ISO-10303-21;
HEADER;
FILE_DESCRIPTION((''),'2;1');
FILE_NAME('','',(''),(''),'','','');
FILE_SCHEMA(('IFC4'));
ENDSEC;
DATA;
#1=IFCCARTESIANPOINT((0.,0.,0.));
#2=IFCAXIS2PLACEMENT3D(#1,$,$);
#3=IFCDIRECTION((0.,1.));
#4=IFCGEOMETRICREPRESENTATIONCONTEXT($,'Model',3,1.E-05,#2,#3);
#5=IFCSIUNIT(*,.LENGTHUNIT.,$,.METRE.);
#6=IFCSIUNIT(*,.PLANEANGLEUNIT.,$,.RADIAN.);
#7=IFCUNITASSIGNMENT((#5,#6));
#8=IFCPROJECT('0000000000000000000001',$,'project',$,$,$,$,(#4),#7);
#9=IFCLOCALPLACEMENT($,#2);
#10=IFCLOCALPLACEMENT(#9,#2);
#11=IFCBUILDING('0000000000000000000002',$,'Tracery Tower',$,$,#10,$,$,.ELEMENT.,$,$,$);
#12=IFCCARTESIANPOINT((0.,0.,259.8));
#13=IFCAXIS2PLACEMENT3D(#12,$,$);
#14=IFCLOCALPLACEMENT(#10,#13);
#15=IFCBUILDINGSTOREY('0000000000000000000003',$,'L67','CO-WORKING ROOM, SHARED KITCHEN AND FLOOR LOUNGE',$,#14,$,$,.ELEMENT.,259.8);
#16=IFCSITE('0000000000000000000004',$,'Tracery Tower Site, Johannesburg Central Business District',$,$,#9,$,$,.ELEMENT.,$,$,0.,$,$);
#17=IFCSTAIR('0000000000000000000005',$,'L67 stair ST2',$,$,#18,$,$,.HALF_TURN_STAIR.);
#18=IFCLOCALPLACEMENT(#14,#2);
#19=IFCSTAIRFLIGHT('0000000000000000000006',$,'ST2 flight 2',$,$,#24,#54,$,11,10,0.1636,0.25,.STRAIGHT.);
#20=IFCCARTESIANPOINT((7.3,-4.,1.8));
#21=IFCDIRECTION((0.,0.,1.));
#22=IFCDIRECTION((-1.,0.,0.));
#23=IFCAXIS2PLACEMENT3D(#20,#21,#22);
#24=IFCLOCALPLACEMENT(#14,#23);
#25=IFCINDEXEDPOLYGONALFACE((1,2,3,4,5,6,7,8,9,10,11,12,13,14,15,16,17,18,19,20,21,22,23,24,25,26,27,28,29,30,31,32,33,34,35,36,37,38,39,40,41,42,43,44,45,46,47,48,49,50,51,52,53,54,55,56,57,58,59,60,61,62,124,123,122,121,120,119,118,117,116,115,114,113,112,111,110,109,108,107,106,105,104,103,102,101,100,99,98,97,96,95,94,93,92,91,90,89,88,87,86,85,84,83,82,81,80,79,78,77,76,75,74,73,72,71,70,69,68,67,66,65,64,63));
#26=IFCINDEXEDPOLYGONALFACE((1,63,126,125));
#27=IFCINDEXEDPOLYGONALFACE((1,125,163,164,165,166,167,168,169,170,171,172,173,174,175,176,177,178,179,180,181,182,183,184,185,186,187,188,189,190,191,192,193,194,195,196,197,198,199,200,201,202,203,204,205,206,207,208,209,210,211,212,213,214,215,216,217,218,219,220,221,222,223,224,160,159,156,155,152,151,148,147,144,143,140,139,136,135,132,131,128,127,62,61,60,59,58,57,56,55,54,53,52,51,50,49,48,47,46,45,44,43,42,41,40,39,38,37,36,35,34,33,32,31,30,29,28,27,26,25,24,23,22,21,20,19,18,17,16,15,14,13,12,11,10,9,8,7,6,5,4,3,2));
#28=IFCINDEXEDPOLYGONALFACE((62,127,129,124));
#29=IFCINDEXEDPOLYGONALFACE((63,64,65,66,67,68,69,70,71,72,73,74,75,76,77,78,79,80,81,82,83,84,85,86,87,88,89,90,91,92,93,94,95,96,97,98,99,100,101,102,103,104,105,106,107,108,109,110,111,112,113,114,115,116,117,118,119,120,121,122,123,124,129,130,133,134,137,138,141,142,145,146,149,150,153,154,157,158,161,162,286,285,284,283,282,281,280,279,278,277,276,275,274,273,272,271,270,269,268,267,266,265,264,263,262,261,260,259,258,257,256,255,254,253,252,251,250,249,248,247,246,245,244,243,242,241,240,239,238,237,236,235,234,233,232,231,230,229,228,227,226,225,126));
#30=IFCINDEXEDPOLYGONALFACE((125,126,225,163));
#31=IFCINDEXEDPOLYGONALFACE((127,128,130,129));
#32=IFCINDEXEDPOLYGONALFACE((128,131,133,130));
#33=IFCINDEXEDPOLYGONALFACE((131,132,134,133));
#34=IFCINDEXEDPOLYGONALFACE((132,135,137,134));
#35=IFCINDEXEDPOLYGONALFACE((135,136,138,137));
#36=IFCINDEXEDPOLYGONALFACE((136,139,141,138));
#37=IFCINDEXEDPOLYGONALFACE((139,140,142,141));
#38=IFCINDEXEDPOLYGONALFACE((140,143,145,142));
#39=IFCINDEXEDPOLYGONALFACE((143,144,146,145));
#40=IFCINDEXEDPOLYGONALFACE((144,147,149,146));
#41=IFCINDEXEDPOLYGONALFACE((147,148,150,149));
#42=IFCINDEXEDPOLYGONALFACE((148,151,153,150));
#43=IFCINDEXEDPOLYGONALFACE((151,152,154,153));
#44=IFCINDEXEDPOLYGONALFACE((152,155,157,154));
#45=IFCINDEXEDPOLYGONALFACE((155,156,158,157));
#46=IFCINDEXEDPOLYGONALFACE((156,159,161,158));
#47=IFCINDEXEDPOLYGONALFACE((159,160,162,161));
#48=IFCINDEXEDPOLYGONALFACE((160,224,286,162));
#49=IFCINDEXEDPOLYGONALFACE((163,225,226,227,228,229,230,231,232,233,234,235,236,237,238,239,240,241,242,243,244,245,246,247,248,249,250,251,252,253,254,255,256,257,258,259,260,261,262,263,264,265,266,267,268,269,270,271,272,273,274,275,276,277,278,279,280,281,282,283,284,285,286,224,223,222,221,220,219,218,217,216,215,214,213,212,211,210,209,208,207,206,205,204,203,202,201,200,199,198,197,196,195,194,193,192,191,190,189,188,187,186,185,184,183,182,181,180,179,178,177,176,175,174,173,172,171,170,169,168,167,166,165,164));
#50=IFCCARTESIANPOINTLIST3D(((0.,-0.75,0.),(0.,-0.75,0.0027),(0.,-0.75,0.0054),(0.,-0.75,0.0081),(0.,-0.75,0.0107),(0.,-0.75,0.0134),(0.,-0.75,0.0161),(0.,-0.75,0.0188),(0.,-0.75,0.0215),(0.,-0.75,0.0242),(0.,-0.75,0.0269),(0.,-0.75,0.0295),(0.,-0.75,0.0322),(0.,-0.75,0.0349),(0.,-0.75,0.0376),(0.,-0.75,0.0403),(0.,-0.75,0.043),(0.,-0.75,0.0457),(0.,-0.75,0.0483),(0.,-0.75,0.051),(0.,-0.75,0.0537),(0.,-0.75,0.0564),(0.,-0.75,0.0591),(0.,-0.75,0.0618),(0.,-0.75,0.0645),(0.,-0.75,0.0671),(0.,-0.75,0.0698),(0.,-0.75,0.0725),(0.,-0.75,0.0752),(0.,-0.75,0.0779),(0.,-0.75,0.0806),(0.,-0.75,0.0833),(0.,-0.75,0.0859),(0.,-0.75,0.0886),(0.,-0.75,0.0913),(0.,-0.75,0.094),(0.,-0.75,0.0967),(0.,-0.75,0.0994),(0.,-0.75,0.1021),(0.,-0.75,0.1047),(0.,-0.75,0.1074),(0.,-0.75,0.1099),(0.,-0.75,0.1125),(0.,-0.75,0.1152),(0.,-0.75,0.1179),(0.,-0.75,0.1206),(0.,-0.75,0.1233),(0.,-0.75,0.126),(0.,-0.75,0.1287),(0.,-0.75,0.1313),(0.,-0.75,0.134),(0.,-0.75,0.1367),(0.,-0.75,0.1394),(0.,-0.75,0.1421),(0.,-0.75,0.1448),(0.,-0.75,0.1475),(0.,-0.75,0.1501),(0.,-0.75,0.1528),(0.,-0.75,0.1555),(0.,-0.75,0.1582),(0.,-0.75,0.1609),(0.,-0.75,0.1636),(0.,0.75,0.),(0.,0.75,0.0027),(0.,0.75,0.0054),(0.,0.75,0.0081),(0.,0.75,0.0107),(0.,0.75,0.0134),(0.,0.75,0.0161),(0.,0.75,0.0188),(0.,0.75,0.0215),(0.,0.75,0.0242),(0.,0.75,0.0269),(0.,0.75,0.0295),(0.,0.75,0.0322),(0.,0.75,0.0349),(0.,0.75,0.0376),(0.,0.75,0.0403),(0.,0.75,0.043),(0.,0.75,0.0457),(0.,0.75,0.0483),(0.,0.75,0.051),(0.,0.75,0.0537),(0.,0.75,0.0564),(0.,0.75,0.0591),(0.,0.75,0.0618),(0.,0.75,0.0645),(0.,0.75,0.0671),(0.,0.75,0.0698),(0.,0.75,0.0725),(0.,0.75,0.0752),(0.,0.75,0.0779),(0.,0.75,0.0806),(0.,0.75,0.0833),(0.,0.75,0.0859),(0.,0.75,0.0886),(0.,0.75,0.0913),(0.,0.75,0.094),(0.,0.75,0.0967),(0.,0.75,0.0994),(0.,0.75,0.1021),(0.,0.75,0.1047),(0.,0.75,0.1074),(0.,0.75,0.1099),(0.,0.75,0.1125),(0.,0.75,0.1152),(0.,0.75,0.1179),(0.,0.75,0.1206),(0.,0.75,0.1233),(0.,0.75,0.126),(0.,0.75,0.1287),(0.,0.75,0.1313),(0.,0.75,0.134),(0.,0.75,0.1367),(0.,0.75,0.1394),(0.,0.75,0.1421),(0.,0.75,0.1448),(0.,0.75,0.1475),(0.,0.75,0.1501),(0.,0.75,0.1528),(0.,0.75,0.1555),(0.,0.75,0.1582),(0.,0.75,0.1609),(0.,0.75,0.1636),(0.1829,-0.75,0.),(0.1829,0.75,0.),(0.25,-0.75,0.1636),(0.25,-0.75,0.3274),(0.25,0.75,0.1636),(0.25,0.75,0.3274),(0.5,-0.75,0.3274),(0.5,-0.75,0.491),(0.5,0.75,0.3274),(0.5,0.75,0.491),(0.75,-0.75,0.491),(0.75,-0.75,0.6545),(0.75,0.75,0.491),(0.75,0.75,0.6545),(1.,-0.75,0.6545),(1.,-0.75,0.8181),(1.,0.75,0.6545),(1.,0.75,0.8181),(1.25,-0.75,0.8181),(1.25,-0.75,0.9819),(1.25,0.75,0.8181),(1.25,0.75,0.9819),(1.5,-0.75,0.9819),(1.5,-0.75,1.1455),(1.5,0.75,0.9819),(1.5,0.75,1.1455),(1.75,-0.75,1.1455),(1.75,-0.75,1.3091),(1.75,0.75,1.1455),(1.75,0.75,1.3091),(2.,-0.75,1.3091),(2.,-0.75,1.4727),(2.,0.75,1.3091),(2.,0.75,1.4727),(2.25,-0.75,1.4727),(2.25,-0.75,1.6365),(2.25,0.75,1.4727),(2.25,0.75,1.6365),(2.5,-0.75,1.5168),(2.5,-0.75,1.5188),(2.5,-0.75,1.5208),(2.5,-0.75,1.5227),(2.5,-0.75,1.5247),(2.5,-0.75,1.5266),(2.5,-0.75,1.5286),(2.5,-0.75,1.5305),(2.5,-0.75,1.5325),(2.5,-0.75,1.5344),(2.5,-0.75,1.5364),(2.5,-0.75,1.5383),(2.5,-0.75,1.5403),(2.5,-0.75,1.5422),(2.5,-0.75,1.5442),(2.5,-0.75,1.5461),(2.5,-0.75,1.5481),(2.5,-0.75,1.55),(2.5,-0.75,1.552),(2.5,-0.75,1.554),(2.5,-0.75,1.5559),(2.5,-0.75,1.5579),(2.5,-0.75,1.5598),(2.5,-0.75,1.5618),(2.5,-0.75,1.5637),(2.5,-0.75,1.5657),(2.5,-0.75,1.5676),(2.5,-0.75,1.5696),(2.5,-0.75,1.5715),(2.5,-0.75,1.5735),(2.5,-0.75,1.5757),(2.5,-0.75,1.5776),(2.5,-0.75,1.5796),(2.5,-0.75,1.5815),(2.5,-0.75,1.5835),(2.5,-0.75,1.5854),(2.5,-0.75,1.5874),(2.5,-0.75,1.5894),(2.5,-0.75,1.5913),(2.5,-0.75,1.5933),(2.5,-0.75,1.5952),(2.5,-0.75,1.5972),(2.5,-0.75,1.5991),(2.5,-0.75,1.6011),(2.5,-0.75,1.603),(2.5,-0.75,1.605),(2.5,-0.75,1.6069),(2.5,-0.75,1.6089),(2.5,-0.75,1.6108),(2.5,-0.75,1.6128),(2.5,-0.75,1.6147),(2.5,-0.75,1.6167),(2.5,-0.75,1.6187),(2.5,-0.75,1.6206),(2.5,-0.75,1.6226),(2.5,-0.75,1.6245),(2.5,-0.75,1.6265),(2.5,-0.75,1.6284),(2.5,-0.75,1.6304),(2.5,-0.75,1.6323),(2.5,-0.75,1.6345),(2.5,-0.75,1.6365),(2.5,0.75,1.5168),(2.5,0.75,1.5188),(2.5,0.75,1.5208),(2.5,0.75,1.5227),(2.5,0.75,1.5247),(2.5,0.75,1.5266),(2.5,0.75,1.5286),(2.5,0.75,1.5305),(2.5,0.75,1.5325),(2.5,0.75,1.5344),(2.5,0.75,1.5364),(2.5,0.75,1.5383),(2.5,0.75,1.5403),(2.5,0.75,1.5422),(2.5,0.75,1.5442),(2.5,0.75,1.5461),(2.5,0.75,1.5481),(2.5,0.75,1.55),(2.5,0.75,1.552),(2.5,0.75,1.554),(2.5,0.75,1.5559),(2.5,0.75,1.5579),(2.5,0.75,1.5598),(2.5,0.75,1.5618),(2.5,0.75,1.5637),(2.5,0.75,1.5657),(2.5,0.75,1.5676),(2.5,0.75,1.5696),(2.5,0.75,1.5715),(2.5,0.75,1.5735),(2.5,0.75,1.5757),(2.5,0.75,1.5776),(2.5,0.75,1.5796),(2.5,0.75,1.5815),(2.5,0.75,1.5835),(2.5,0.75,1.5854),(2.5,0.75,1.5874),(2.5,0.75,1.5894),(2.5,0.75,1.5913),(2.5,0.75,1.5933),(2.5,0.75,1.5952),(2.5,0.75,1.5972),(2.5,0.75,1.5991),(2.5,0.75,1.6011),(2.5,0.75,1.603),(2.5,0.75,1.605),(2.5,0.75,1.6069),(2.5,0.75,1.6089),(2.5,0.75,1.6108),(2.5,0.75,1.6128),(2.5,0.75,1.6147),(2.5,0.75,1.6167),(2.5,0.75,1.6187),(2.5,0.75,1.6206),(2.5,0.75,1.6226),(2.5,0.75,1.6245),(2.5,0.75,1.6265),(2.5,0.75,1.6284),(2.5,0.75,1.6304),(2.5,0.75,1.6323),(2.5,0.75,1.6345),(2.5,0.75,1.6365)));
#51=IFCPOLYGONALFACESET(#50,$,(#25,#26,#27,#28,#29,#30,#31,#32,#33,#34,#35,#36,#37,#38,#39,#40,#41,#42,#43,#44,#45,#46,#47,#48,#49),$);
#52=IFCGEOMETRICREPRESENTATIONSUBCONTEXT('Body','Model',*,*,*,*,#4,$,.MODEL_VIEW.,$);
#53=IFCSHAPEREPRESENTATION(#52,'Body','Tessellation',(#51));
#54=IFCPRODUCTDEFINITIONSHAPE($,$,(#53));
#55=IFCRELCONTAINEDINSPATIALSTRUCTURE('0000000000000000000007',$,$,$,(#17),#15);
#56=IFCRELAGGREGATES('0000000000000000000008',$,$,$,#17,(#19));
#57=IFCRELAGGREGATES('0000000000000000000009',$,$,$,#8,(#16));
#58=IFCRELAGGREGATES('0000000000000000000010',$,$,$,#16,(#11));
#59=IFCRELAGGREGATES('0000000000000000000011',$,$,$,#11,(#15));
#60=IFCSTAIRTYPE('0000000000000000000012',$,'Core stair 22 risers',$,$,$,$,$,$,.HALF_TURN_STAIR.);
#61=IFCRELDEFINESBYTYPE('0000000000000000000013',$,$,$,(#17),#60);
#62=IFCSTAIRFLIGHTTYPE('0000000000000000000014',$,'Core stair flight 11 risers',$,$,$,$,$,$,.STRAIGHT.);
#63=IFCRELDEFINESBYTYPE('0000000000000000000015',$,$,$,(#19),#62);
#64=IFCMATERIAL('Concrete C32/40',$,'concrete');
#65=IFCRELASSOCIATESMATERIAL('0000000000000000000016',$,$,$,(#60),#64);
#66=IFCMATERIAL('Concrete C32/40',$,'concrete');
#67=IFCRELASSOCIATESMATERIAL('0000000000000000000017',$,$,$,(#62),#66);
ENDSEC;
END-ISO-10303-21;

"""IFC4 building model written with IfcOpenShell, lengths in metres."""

from ifc_helpers import new_model, si_unit, direction, frame, origin, place, context, subcontext, project, spatial, polyline, outline, extrude, material, type_object, element, aggregate, save


model = new_model("IFC4")

# Units and contexts
model_context = context("Model", 3, precision=1e-05, world=origin(), true_north=direction((0.0, 1.0)))
body_context = subcontext(model_context, "Body", "Model", "MODEL_VIEW")
ifc_project = project(units=[si_unit("LENGTHUNIT", "METRE"), si_unit("PLANEANGLEUNIT", "RADIAN")], contexts=[model_context])

# Site, building, storey
site_placement = place(None, origin())
site = spatial("IfcSite", under=ifc_project, at=site_placement, Name="Tracery Tower Site, Johannesburg Central Business District", CompositionType="ELEMENT", RefElevation=0.0)
building_placement = place(site_placement, origin())
building = spatial("IfcBuilding", under=site, at=building_placement, Name="Tracery Tower", CompositionType="ELEMENT")
storey_placement = place(building_placement, frame((0.0, 0.0, 259.8)))
storey = spatial("IfcBuildingStorey", under=building, at=storey_placement, Name="L67", Description="CO-WORKING ROOM, SHARED KITCHEN AND FLOOR LOUNGE", CompositionType="ELEMENT", Elevation=259.8)

# Stair
ifc_material_1 = material(Name="Concrete C32/40", Category="concrete")
stair_type = type_object("IfcStairType", Name="Core stair 22 risers", PredefinedType="HALF_TURN_STAIR", material=ifc_material_1)
stair_placement = place(storey_placement, origin())
stair = element("IfcStair", 1, at=stair_placement, inside=storey, type_object=stair_type, Name="L67 stair ST2", PredefinedType="HALF_TURN_STAIR")

# Stair flight
ifc_material_2 = material(Name="Concrete C32/40", Category="concrete")
stair_flight_type = type_object("IfcStairFlightType", Name="Core stair flight 11 risers", PredefinedType="STRAIGHT", material=ifc_material_2)
stair_flight_1_placement = place(storey_placement, frame((7.3, -4.0, 1.8), z_axis=(0.0, 0.0, 1.0), x_axis=(-1.0, 0.0, 0.0)))
stair_flight_1 = element("IfcStairFlight", 2, at=stair_flight_1_placement, type_object=stair_flight_type, Name="ST2 flight 2", NumberOfRisers=11, NumberOfTreads=10, PredefinedType="STRAIGHT", RiserHeight=0.1636, TreadLength=0.25, context=body_context, shape_type="SweptSolid", body=[
    extrude(outline(polyline([(0.0, 0.0), (0.0, 0.0027), (0.0, 0.0054), (0.0, 0.0081), (0.0, 0.0107), (0.0, 0.0134), (0.0, 0.0161), (0.0, 0.0188), (0.0, 0.0215), (0.0, 0.0242), (0.0, 0.0269), (0.0, 0.0295), (0.0, 0.0322), (0.0, 0.0349), (0.0, 0.0376), (0.0, 0.0403), (0.0, 0.043), (0.0, 0.0457), (0.0, 0.0483), (0.0, 0.051), (0.0, 0.0537), (0.0, 0.0564), (0.0, 0.0591), (0.0, 0.0618), (0.0, 0.0645), (0.0, 0.0671), (0.0, 0.0698), (0.0, 0.0725), (0.0, 0.0752), (0.0, 0.0779), (0.0, 0.0806), (0.0, 0.0833), (0.0, 0.0859), (0.0, 0.0886), (0.0, 0.0913), (0.0, 0.094), (0.0, 0.0967), (0.0, 0.0994), (0.0, 0.1021), (0.0, 0.1047), (0.0, 0.1074), (0.0, 0.1099), (0.0, 0.1125), (0.0, 0.1152), (0.0, 0.1179), (0.0, 0.1206), (0.0, 0.1233), (0.0, 0.126), (0.0, 0.1287), (0.0, 0.1313), (0.0, 0.134), (0.0, 0.1367), (0.0, 0.1394), (0.0, 0.1421), (0.0, 0.1448), (0.0, 0.1475), (0.0, 0.1501), (0.0, 0.1528), (0.0, 0.1555), (0.0, 0.1582), (0.0, 0.1609), (0.0, 0.1636), (0.25, 0.1636), (0.25, 0.3274), (0.5, 0.3274), (0.5, 0.491), (0.75, 0.491), (0.75, 0.6545), (1.0, 0.6545), (1.0, 0.8181), (1.25, 0.8181), (1.25, 0.9819), (1.5, 0.9819), (1.5, 1.1455), (1.75, 1.1455), (1.75, 1.3091), (2.0, 1.3091), (2.0, 1.4727), (2.25, 1.4727), (2.25, 1.6365), (2.5, 1.6365), (2.5, 1.6345), (2.5, 1.6323), (2.5, 1.6304), (2.5, 1.6284), (2.5, 1.6265), (2.5, 1.6245), (2.5, 1.6226), (2.5, 1.6206), (2.5, 1.6187), (2.5, 1.6167), (2.5, 1.6147), (2.5, 1.6128), (2.5, 1.6108), (2.5, 1.6089), (2.5, 1.6069), (2.5, 1.605), (2.5, 1.603), (2.5, 1.6011), (2.5, 1.5991), (2.5, 1.5972), (2.5, 1.5952), (2.5, 1.5933), (2.5, 1.5913), (2.5, 1.5894), (2.5, 1.5874), (2.5, 1.5854), (2.5, 1.5835), (2.5, 1.5815), (2.5, 1.5796), (2.5, 1.5776), (2.5, 1.5757), (2.5, 1.5735), (2.5, 1.5715), (2.5, 1.5696), (2.5, 1.5676), (2.5, 1.5657), (2.5, 1.5637), (2.5, 1.5618), (2.5, 1.5598), (2.5, 1.5579), (2.5, 1.5559), (2.5, 1.554), (2.5, 1.552), (2.5, 1.55), (2.5, 1.5481), (2.5, 1.5461), (2.5, 1.5442), (2.5, 1.5422), (2.5, 1.5403), (2.5, 1.5383), (2.5, 1.5364), (2.5, 1.5344), (2.5, 1.5325), (2.5, 1.5305), (2.5, 1.5286), (2.5, 1.5266), (2.5, 1.5247), (2.5, 1.5227), (2.5, 1.5208), (2.5, 1.5188), (2.5, 1.5168), (0.1829, 0.0), (0.0, 0.0)])), frame((0.0, 0.75, 0.0), z_axis=(0.0, -1.0, 0.0), x_axis=(1.0, 0.0, 0.0)), (0.0, 0.0, 1.0), 1.5),
])
aggregate(stair, [stair_flight_1])

save(model, "model.ifc")
